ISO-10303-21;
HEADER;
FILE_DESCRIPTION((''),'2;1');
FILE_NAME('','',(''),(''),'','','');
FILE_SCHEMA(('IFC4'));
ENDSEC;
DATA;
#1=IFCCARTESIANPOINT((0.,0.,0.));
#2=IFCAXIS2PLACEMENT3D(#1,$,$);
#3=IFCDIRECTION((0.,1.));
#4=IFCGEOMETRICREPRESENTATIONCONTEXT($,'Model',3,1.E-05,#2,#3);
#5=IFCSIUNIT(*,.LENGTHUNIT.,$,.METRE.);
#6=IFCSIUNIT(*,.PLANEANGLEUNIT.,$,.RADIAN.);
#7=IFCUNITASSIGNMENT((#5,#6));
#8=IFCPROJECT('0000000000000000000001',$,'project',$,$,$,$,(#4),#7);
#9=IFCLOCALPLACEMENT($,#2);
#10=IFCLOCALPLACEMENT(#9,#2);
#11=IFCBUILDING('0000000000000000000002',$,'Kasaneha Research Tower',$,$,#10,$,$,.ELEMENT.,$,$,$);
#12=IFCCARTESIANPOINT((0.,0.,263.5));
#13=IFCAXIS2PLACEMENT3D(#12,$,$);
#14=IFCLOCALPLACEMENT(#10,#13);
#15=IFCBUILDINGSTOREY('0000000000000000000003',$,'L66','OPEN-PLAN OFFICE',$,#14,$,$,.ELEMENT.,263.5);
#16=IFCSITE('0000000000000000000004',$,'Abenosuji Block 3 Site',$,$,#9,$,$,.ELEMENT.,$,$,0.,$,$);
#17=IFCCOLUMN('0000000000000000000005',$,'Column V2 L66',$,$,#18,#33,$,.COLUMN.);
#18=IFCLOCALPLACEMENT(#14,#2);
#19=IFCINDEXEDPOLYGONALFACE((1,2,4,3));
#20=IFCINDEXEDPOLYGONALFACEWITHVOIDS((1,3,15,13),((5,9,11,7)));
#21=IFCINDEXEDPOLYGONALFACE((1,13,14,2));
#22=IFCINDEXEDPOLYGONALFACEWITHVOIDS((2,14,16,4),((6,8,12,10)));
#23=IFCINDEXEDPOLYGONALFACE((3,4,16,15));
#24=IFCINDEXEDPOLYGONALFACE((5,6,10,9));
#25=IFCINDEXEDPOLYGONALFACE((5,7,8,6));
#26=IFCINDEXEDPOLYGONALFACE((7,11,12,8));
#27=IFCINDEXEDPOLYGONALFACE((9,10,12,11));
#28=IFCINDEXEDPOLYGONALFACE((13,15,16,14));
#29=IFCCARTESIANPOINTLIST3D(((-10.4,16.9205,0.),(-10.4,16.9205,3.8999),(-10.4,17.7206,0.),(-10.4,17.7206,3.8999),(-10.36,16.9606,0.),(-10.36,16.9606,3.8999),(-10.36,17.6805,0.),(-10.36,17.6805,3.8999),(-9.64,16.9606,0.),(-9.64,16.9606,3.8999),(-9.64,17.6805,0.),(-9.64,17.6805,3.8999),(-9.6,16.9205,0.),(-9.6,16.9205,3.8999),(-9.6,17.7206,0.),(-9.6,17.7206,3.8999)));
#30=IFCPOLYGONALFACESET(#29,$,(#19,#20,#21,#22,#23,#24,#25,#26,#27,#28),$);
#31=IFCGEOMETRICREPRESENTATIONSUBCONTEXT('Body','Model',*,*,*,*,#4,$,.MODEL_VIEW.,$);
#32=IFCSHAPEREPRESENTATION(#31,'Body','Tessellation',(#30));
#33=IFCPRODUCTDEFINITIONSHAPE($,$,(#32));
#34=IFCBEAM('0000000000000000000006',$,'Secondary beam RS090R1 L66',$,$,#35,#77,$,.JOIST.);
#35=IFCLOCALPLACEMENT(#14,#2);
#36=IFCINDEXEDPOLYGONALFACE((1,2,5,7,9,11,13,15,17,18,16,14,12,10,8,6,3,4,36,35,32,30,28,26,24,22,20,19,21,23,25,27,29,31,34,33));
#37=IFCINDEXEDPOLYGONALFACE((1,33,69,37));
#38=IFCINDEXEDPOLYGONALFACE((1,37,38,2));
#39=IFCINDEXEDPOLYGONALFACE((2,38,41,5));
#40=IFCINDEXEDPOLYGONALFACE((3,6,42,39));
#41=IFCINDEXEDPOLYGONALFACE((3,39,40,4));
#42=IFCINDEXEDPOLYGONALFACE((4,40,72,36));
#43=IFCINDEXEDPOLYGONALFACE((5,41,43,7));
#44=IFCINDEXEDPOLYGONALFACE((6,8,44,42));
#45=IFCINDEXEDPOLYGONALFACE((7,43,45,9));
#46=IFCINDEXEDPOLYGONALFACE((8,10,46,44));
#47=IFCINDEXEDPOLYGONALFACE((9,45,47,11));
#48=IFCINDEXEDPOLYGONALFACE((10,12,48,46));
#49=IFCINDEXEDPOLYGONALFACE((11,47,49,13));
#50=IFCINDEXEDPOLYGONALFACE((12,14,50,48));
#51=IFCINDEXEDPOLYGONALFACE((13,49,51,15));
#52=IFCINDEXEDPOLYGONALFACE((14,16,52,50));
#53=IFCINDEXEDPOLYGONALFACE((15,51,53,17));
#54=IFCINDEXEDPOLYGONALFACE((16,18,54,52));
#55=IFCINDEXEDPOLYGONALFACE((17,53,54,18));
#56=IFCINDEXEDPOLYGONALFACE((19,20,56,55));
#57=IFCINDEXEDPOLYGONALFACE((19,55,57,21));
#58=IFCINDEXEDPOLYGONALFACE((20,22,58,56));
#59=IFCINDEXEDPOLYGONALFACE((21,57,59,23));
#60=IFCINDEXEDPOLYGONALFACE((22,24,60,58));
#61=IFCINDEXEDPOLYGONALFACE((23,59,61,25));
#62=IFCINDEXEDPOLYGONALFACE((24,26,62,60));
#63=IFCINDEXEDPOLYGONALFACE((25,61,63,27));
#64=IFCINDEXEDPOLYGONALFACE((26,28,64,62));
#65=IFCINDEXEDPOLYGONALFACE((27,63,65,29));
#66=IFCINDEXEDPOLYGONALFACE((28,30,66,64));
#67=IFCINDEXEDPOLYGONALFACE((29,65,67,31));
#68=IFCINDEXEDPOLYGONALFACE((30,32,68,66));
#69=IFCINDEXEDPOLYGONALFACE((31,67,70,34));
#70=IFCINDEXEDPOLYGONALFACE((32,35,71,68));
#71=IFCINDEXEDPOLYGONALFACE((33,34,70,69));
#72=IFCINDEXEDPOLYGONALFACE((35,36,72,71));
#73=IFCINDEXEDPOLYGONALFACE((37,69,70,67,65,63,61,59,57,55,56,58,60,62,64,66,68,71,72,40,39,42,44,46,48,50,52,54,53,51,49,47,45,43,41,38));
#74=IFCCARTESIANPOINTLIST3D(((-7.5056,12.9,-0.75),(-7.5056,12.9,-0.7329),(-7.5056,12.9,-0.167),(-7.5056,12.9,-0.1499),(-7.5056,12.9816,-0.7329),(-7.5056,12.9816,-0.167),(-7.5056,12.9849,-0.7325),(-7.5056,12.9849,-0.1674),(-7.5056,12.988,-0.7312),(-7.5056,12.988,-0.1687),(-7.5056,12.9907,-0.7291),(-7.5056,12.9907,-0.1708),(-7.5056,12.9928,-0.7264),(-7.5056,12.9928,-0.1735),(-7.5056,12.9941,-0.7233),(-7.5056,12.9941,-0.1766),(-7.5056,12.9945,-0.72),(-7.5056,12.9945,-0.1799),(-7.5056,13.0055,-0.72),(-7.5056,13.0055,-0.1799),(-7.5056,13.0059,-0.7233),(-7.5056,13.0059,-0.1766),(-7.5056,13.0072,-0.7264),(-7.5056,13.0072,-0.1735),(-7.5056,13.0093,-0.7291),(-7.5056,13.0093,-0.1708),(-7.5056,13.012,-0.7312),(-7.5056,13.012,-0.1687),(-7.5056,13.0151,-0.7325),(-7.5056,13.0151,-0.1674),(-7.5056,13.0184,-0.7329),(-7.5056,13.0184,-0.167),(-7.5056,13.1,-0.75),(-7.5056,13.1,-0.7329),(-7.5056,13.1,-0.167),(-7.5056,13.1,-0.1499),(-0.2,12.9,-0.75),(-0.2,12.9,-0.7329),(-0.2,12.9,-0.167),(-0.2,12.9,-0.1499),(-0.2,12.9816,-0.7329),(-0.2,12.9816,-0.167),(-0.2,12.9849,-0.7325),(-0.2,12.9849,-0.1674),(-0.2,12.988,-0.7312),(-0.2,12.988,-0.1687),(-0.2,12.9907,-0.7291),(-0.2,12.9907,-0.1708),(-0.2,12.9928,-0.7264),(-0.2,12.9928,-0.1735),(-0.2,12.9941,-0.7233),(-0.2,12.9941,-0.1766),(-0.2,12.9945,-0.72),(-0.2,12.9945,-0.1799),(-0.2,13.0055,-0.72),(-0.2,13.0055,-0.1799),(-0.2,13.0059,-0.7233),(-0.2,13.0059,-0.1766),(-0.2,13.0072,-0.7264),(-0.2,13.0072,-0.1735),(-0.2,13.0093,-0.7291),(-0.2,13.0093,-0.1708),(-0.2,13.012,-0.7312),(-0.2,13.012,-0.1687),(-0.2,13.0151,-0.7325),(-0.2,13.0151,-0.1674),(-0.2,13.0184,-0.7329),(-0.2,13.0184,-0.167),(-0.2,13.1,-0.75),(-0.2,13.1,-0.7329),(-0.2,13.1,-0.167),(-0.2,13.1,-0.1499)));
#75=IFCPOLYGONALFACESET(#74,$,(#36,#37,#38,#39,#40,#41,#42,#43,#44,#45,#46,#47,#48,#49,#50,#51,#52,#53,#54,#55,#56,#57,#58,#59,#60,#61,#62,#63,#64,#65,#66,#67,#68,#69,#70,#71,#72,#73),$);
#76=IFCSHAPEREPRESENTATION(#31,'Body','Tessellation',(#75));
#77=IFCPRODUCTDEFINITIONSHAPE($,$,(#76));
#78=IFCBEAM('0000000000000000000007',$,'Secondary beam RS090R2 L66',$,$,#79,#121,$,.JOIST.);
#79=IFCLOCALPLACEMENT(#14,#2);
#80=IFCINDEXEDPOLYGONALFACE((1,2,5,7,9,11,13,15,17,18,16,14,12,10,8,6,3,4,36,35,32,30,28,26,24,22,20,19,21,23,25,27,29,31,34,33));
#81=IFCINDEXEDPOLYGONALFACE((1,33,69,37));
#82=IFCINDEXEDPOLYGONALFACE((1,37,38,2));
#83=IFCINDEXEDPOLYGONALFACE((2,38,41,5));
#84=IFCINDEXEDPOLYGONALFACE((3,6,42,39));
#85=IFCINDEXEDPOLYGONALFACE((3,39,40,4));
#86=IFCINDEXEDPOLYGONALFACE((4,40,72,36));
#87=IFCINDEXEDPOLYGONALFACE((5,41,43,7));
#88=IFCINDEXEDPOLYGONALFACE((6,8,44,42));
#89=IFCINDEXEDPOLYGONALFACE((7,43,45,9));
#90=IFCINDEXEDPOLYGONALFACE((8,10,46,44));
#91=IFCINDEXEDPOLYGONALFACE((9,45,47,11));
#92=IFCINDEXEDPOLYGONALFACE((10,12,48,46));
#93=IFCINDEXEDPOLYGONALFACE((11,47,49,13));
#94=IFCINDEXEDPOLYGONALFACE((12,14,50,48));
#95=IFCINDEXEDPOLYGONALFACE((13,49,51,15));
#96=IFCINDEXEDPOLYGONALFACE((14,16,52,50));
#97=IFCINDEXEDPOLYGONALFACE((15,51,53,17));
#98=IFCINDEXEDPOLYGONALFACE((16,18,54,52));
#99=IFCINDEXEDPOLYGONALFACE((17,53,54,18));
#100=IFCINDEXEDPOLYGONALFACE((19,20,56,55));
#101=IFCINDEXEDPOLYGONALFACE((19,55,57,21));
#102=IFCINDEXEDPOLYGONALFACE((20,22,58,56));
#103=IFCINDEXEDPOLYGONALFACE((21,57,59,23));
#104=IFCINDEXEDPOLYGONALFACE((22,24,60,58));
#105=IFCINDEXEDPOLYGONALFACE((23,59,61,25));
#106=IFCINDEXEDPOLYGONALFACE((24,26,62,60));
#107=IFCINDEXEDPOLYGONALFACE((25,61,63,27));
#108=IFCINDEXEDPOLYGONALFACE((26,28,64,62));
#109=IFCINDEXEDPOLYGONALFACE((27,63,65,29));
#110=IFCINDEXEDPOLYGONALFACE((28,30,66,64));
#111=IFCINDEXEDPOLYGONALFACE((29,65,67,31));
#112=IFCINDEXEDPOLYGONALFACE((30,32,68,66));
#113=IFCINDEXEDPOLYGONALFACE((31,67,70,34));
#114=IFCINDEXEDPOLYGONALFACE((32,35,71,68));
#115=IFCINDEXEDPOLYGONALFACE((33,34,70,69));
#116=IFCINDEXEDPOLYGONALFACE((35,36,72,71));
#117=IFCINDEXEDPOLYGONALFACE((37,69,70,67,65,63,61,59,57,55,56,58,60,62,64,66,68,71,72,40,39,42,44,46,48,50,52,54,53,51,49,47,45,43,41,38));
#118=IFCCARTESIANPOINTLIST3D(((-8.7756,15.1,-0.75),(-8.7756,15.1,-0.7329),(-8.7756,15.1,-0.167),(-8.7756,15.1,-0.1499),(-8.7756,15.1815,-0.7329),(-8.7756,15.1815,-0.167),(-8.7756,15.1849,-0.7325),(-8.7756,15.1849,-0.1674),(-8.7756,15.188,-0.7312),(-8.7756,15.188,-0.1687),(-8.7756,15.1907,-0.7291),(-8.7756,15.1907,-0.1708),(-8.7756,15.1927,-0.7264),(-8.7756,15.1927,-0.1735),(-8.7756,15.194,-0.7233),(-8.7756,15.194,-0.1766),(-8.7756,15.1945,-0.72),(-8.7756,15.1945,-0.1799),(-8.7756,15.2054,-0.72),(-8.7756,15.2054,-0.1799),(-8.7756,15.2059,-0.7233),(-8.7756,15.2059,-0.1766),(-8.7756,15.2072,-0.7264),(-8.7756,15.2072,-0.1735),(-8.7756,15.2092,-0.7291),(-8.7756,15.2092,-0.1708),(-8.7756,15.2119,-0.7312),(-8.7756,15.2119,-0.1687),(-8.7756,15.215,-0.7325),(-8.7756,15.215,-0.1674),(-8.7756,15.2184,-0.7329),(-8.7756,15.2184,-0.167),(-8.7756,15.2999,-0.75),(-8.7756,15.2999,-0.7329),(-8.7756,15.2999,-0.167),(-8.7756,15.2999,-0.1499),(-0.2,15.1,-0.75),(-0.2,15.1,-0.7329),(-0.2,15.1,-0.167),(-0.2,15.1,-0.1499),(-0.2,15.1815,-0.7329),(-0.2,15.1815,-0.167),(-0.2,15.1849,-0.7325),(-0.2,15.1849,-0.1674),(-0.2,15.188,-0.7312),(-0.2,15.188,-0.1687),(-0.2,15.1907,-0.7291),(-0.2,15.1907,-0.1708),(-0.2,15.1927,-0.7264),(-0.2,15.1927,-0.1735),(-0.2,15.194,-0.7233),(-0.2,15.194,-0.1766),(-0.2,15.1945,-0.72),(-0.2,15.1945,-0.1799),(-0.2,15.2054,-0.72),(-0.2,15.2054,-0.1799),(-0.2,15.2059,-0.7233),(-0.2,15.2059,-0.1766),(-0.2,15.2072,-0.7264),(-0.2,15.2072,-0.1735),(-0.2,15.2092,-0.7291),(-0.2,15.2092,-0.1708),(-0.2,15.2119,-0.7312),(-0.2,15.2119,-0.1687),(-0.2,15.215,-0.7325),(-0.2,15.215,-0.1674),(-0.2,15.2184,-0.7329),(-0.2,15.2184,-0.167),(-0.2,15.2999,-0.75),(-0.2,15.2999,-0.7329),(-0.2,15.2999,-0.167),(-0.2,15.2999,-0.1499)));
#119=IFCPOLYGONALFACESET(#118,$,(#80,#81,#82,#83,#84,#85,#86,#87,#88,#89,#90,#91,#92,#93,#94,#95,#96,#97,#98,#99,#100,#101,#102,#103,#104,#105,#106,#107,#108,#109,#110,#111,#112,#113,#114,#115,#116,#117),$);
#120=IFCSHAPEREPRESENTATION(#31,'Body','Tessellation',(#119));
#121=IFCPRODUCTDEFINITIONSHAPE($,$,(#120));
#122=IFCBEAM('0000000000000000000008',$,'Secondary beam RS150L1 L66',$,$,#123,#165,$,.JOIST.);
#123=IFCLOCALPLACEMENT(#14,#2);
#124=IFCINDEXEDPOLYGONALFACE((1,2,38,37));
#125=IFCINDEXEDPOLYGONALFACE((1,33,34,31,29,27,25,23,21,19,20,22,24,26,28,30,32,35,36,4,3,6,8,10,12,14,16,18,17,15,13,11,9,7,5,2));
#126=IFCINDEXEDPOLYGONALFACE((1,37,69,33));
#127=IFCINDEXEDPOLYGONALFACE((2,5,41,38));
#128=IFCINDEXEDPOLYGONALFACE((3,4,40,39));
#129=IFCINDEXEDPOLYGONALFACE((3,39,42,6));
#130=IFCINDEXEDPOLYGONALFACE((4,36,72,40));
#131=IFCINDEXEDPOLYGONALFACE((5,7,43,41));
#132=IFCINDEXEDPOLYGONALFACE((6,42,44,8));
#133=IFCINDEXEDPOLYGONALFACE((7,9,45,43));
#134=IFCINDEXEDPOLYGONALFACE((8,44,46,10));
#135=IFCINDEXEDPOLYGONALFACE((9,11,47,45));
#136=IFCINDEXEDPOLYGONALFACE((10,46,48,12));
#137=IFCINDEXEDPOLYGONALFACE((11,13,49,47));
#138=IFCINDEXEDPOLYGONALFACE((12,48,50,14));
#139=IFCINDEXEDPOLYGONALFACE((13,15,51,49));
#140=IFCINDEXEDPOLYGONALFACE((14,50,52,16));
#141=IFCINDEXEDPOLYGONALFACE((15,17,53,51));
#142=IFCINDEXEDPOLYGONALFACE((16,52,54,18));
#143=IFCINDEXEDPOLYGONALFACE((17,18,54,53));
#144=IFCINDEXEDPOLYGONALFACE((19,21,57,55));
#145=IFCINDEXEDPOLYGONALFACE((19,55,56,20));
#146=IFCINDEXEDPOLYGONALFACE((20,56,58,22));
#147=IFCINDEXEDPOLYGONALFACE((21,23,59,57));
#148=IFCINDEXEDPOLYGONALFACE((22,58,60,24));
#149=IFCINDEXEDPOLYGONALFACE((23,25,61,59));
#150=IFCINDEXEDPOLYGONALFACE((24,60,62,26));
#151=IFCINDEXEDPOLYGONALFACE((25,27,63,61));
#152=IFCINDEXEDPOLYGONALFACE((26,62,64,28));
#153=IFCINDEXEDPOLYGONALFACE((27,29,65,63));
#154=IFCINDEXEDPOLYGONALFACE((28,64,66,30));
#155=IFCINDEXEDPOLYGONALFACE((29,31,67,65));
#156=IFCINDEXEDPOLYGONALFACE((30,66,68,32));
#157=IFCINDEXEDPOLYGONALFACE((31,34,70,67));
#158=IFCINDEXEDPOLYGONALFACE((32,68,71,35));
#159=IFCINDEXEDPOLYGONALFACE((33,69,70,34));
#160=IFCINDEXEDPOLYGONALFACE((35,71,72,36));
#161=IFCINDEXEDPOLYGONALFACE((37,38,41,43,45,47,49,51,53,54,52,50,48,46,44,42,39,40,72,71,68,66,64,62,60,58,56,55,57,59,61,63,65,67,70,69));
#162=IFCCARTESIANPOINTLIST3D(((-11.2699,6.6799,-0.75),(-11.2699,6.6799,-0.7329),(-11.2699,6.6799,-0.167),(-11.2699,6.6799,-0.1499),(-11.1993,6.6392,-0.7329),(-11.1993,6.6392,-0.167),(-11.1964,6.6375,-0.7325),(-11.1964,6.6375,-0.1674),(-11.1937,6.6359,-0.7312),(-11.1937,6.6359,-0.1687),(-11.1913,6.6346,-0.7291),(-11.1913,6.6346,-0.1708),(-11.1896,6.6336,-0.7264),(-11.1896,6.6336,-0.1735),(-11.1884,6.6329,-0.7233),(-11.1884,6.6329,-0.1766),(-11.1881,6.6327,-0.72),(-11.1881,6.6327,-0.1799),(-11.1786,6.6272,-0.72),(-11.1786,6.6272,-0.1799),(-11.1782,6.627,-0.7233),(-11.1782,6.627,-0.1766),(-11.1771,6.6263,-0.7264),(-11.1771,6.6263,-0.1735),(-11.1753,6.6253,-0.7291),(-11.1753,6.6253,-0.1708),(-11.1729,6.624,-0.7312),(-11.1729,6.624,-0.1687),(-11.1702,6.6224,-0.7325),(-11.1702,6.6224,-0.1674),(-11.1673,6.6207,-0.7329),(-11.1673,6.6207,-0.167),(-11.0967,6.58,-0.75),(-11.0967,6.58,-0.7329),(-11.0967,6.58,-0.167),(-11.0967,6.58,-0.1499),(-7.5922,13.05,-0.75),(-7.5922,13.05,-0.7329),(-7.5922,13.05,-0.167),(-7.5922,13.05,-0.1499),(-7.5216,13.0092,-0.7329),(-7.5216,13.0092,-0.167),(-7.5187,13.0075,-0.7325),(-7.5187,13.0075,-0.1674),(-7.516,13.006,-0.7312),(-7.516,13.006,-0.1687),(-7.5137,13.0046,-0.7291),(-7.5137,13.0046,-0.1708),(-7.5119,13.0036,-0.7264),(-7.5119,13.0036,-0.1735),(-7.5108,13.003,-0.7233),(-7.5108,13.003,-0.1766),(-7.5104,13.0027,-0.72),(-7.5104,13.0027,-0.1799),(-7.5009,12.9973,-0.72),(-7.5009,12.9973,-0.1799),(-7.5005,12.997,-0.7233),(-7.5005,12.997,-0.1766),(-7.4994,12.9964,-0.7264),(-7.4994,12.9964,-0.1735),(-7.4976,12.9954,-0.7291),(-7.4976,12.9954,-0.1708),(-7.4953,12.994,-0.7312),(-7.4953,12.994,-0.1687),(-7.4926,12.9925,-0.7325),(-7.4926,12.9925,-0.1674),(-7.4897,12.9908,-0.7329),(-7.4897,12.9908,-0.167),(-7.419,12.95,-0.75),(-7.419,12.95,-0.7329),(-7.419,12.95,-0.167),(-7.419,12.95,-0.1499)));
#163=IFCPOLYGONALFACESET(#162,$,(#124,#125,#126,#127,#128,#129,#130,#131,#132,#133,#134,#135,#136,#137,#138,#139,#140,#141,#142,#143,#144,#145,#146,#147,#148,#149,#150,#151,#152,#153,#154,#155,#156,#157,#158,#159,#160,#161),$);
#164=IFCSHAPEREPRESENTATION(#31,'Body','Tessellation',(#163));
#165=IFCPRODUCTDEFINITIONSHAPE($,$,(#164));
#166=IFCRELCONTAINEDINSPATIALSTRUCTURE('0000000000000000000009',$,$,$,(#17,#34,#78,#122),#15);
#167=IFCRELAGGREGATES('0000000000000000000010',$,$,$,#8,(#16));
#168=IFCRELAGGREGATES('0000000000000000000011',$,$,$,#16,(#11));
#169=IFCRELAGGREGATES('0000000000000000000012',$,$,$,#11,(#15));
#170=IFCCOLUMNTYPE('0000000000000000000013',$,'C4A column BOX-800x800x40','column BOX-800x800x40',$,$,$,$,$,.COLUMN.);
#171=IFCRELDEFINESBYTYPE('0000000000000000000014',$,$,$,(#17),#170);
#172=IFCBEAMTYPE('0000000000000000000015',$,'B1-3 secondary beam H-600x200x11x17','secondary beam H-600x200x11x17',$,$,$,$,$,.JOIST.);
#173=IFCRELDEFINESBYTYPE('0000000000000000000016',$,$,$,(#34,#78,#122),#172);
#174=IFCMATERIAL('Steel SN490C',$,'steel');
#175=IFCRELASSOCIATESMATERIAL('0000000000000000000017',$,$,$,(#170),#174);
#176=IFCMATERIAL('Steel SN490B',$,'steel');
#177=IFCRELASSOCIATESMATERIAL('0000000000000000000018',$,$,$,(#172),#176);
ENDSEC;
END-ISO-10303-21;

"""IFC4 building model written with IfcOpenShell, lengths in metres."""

from ifc_helpers import new_model, si_unit, direction, frame, origin, origin_2d, place, context, subcontext, project, spatial, hollow_rectangle, i_section, extrude, material, material_profile, profile_set, type_object, element, save


model = new_model("IFC4")

# Units and contexts
model_context = context("Model", 3, precision=1e-05, world=origin(), true_north=direction((0.0, 1.0)))
body_context = subcontext(model_context, "Body", "Model", "MODEL_VIEW")
ifc_project = project(units=[si_unit("LENGTHUNIT", "METRE"), si_unit("PLANEANGLEUNIT", "RADIAN")], contexts=[model_context])

# Site, building, storey
site_placement = place(None, origin())
site = spatial("IfcSite", under=ifc_project, at=site_placement, Name="Abenosuji Block 3 Site", CompositionType="ELEMENT", RefElevation=0.0)
building_placement = place(site_placement, origin())
building = spatial("IfcBuilding", under=site, at=building_placement, Name="Kasaneha Research Tower", CompositionType="ELEMENT")
storey_placement = place(building_placement, frame((0.0, 0.0, 263.5)))
storey = spatial("IfcBuildingStorey", under=building, at=storey_placement, Name="L66", Description="OPEN-PLAN OFFICE", CompositionType="ELEMENT", Elevation=263.5)

# Column
ifc_material_1 = material(Name="Steel SN490C", Category="steel")
ifc_material_profile_1 = material_profile(ifc_material_1, hollow_rectangle(XDim=0.8, YDim=0.8, WallThickness=0.04, at=origin_2d()), Name="BOX-800x800x40")
ifc_profile_set_1 = profile_set([ifc_material_profile_1], Name="Steel SN490C")
column_type = type_object("IfcColumnType", Name="C4A column BOX-800x800x40", Description="column BOX-800x800x40", PredefinedType="COLUMN", material=ifc_profile_set_1)
column_placement = place(storey_placement, frame((-10.0, 17.3206, 0.0), z_axis=(0.0, 0.0, 1.0), x_axis=(1.0, 0.0, 0.0)))
element("IfcColumn", 1, at=column_placement, inside=storey, type_object=column_type, Name="Column V2 L66", PredefinedType="COLUMN", context=body_context, shape_type="SweptSolid", body=[
    extrude(hollow_rectangle(XDim=0.8, YDim=0.8, WallThickness=0.04, at=origin_2d()), origin(), (0.0, 0.0, 1.0), 3.8999),
])

# Beams
ifc_material_2 = material(Name="Steel SN490B", Category="steel")
ifc_material_profile_2 = material_profile(ifc_material_2, i_section(OverallWidth=0.2, OverallDepth=0.6001, WebThickness=0.011, FlangeThickness=0.0171, FilletRadius=0.0129, at=origin_2d()), Name="H-600x200x11x17")
ifc_profile_set_2 = profile_set([ifc_material_profile_2], Name="Steel SN490B")
beam_type_1 = type_object("IfcBeamType", Name="B1-3 secondary beam H-600x200x11x17", Description="secondary beam H-600x200x11x17", PredefinedType="JOIST", material=ifc_profile_set_2)
beam_1_placement = place(storey_placement, frame((-7.5056, 13.0, -0.45), z_axis=(1.0, 0.0, 0.0), x_axis=(0.0, 1.0, 0.0)))
element("IfcBeam", 2, at=beam_1_placement, inside=storey, type_object=beam_type_1, Name="Secondary beam RS090R1 L66", PredefinedType="JOIST", context=body_context, shape_type="SweptSolid", body=[
    extrude(i_section(OverallWidth=0.2, OverallDepth=0.6001, WebThickness=0.011, FlangeThickness=0.0171, FilletRadius=0.0129, at=origin_2d()), origin(), (0.0, 0.0, 1.0), 7.3057),
])
beam_2_placement = place(storey_placement, frame((-8.7756, 15.2, -0.45), z_axis=(1.0, 0.0, 0.0), x_axis=(0.0, 1.0, 0.0)))
element("IfcBeam", 3, at=beam_2_placement, inside=storey, type_object=beam_type_1, Name="Secondary beam RS090R2 L66", PredefinedType="JOIST", context=body_context, shape_type="SweptSolid", body=[
    extrude(i_section(OverallWidth=0.2, OverallDepth=0.6001, WebThickness=0.011, FlangeThickness=0.0171, FilletRadius=0.0129, at=origin_2d()), origin(), (0.0, 0.0, 1.0), 8.5757),
])
beam_3_placement = place(storey_placement, frame((-7.5056, 13.0, -0.45), z_axis=(-0.499994, -0.866029, 0.0), x_axis=(0.866029, -0.499994, 0.0)))
element("IfcBeam", 4, at=beam_3_placement, inside=storey, type_object=beam_type_1, Name="Secondary beam RS150L1 L66", PredefinedType="JOIST", context=body_context, shape_type="SweptSolid", body=[
    extrude(i_section(OverallWidth=0.2, OverallDepth=0.6001, WebThickness=0.011, FlangeThickness=0.0171, FilletRadius=0.0129, at=origin_2d()), origin(), (0.0, 0.0, 1.0), 7.3555),
])

save(model, "model.ifc")
